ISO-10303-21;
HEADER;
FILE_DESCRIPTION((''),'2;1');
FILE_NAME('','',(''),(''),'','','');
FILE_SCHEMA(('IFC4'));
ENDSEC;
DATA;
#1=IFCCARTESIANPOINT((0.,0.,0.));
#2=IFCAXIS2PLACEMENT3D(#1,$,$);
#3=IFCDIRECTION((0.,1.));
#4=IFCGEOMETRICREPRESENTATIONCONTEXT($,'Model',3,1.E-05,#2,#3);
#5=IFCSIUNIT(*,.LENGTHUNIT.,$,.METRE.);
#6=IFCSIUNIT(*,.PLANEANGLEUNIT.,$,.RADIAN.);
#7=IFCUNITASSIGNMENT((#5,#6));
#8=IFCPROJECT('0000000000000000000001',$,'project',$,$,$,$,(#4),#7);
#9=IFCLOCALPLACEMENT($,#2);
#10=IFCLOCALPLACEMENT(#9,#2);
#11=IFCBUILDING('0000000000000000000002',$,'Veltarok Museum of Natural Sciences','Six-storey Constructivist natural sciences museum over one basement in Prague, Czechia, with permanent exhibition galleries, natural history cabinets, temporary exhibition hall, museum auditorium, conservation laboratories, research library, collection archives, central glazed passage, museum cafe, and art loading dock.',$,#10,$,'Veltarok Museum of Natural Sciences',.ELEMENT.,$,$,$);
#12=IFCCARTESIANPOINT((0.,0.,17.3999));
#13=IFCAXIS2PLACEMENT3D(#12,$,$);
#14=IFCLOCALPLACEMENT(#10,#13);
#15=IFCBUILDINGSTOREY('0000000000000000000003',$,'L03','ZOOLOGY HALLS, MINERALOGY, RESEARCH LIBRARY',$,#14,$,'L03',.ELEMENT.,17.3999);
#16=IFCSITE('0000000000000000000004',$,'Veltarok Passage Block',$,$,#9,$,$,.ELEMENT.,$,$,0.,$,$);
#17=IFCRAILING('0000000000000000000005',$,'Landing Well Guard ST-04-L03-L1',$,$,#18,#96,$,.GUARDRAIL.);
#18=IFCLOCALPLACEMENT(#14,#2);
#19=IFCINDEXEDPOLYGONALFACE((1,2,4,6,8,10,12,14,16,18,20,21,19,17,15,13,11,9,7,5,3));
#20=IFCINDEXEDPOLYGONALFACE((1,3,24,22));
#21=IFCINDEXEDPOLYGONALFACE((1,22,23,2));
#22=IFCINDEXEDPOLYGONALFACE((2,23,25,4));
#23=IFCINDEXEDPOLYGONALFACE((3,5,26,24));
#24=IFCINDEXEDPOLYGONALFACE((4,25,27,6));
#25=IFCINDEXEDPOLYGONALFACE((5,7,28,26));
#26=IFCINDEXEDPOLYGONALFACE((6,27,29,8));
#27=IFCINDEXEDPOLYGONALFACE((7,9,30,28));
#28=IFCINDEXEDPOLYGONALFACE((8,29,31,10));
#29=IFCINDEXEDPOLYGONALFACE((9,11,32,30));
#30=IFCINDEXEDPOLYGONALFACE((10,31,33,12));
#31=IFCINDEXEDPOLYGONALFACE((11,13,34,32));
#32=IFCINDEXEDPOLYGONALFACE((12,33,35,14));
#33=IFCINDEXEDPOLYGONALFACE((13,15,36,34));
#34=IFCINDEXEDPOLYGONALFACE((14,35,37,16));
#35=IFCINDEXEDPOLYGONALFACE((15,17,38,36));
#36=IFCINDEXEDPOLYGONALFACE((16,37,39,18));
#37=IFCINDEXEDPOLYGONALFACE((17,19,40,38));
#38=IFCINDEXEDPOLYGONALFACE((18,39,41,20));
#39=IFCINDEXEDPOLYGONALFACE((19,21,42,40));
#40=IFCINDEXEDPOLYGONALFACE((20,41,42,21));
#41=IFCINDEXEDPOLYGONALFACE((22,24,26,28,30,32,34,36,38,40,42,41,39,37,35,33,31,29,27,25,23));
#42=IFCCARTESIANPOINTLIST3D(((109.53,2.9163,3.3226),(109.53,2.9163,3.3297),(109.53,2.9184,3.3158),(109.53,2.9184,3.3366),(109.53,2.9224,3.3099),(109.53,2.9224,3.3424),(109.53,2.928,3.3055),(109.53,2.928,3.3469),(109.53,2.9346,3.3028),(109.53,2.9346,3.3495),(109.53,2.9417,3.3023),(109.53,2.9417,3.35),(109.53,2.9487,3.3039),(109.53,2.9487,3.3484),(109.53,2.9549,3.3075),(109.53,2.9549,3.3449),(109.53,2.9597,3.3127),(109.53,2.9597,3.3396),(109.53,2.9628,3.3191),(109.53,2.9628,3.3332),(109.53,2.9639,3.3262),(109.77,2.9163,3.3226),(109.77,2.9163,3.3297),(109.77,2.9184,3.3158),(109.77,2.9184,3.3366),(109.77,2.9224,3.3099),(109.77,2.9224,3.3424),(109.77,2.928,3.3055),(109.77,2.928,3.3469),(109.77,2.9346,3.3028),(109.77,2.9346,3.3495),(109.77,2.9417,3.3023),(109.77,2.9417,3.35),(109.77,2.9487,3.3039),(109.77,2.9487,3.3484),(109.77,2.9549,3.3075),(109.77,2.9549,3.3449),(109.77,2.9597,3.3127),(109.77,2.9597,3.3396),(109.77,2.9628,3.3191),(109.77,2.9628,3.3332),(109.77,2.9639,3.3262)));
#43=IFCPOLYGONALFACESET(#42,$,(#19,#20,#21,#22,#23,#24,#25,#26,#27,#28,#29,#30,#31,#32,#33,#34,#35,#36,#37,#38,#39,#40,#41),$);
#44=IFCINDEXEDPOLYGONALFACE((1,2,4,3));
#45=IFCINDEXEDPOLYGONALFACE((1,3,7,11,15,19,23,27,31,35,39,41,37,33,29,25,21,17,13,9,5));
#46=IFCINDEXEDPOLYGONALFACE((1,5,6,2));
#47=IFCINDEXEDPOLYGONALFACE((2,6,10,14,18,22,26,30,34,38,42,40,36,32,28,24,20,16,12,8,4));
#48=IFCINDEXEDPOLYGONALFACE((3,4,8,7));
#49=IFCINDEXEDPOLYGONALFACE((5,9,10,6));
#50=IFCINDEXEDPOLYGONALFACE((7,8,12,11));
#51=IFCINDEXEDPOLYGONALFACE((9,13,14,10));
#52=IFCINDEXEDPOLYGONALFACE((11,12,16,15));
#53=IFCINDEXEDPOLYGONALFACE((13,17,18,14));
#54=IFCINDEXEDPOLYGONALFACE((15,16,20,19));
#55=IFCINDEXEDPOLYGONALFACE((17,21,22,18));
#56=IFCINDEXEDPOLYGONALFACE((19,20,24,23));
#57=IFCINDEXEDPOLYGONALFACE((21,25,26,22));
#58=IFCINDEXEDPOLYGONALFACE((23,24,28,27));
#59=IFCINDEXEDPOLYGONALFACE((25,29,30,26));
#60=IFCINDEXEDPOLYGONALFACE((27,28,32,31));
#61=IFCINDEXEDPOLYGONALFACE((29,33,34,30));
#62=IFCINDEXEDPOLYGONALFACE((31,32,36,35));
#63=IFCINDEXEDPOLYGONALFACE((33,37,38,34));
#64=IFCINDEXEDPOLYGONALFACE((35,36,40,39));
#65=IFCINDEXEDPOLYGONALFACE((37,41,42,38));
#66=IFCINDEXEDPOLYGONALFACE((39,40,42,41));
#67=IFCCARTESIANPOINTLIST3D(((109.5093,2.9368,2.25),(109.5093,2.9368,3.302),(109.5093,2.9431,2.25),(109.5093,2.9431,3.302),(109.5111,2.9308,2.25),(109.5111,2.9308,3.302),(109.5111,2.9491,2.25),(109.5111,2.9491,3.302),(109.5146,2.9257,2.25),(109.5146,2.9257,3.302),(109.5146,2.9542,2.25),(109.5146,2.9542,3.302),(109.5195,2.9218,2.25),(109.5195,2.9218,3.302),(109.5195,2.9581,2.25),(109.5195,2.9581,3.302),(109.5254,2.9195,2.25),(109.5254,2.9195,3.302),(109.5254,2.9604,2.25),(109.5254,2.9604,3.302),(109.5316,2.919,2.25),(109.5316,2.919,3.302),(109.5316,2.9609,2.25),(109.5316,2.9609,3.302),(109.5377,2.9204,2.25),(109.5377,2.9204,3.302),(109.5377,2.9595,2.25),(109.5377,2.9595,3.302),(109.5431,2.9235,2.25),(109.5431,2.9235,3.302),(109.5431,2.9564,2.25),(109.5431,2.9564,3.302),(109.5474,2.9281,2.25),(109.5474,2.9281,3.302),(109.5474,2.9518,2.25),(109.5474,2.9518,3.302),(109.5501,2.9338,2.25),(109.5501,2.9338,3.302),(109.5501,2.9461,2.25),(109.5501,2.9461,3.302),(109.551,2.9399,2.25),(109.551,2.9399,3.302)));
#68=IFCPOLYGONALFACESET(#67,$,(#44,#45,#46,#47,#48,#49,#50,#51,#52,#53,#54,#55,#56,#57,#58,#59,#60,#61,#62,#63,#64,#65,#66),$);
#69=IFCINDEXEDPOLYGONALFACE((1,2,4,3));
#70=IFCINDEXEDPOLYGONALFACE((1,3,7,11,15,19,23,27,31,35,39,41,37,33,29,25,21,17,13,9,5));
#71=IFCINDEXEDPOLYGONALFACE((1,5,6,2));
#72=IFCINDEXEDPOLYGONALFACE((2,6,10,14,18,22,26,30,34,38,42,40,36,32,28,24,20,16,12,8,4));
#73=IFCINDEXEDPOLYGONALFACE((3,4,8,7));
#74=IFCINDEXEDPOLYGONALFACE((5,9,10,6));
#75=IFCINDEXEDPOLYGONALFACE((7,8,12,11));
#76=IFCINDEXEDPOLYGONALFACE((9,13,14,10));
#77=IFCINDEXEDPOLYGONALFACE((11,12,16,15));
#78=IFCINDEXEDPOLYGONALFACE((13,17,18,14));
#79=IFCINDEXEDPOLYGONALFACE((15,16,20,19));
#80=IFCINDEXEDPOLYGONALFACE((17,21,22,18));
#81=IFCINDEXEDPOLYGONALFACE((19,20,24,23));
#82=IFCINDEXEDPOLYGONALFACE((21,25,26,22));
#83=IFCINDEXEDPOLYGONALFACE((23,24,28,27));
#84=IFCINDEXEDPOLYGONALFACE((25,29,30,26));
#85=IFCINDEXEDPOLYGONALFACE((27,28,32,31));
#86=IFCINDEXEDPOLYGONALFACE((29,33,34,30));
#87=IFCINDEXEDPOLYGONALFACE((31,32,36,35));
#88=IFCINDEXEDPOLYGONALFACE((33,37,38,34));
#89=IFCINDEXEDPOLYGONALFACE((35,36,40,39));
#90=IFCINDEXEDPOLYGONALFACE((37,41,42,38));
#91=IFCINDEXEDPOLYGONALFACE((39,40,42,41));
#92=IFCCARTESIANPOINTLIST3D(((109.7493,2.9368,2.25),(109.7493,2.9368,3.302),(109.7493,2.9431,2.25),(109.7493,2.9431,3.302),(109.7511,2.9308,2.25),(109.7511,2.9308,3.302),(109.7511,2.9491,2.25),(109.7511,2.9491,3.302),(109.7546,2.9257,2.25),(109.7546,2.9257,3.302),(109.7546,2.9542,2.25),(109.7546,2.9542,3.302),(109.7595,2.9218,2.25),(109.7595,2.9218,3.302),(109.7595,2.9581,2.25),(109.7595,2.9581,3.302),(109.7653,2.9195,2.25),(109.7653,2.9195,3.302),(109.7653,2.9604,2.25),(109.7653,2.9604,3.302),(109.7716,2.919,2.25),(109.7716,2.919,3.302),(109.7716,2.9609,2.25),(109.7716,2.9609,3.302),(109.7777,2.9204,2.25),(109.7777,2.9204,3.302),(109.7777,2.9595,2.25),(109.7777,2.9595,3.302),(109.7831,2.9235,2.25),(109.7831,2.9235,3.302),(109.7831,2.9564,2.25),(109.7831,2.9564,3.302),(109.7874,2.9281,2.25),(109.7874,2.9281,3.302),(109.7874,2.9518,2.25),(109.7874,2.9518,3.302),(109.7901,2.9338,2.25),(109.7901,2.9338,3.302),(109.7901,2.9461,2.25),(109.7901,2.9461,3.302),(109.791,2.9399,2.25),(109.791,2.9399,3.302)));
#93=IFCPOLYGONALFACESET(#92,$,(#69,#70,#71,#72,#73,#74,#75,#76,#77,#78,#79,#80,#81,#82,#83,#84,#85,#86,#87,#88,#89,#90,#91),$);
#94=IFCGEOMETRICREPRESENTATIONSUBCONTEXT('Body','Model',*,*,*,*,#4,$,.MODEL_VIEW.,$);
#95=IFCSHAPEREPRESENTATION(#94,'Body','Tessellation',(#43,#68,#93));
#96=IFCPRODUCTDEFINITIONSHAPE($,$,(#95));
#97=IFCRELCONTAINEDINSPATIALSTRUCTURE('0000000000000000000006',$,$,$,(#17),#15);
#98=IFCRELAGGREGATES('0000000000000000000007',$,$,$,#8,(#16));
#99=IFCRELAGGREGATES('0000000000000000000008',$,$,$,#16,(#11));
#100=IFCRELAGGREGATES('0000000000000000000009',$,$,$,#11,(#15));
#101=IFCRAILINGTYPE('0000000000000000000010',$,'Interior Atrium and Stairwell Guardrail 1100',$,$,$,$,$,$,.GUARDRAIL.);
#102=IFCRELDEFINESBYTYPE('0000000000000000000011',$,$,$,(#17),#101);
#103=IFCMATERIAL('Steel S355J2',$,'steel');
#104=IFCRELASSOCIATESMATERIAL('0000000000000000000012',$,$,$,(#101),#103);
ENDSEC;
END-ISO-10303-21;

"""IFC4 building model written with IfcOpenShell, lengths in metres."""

from ifc_helpers import new_model, si_unit, direction, frame, origin, origin_2d, place, context, subcontext, project, spatial, circle, extrude, material, type_object, element, save


model = new_model("IFC4")

# Units and contexts
model_context = context("Model", 3, precision=1e-05, world=origin(), true_north=direction((0.0, 1.0)))
body_context = subcontext(model_context, "Body", "Model", "MODEL_VIEW")
ifc_project = project(units=[si_unit("LENGTHUNIT", "METRE"), si_unit("PLANEANGLEUNIT", "RADIAN")], contexts=[model_context])

# Site, building, storey
site_placement = place(None, origin())
site = spatial("IfcSite", under=ifc_project, at=site_placement, Name="Veltarok Passage Block", CompositionType="ELEMENT", RefElevation=0.0)
building_placement = place(site_placement, origin())
building = spatial("IfcBuilding", under=site, at=building_placement, Name="Veltarok Museum of Natural Sciences", Description="Six-storey Constructivist natural sciences museum over one basement in Prague, Czechia, with permanent exhibition galleries, natural history cabinets, temporary exhibition hall, museum auditorium, conservation laboratories, research library, collection archives, central glazed passage, museum cafe, and art loading dock.", LongName="Veltarok Museum of Natural Sciences", CompositionType="ELEMENT")
storey_placement = place(building_placement, frame((0.0, 0.0, 17.3999)))
storey = spatial("IfcBuildingStorey", under=building, at=storey_placement, Name="L03", Description="ZOOLOGY HALLS, MINERALOGY, RESEARCH LIBRARY", LongName="L03", CompositionType="ELEMENT", Elevation=17.3999)

# Shared definitions
ifc_material_1 = material(Name="Steel S355J2", Category="steel")

# Railing
railing_type_1 = type_object("IfcRailingType", Name="Interior Atrium and Stairwell Guardrail 1100", PredefinedType="GUARDRAIL", material=ifc_material_1)
for number, where, name in (
    (1, (109.53, 2.9399, 2.25), "Landing Well Guard ST-04-L03-L1"),
):
    element("IfcRailing", number, at=place(storey_placement, frame(where)), inside=storey, type_object=railing_type_1, Name=name, PredefinedType="GUARDRAIL", context=body_context, shape_type="SweptSolid", body=[
        extrude(circle(Radius=0.0239, at=origin_2d()), frame((0.0, 0.0, 1.0762), z_axis=(1.0, 0.0, 0.0), x_axis=(0.0, 1.0, 0.0)), (0.0, 0.0, 1.0), 0.24),
        extrude(circle(Radius=0.021, at=origin_2d()), origin(), (0.0, 0.0, 1.0), 1.052),
        extrude(circle(Radius=0.021, at=origin_2d()), frame((0.24, 0.0, 0.0)), (0.0, 0.0, 1.0), 1.052),
    ])

save(model, "model.ifc")
